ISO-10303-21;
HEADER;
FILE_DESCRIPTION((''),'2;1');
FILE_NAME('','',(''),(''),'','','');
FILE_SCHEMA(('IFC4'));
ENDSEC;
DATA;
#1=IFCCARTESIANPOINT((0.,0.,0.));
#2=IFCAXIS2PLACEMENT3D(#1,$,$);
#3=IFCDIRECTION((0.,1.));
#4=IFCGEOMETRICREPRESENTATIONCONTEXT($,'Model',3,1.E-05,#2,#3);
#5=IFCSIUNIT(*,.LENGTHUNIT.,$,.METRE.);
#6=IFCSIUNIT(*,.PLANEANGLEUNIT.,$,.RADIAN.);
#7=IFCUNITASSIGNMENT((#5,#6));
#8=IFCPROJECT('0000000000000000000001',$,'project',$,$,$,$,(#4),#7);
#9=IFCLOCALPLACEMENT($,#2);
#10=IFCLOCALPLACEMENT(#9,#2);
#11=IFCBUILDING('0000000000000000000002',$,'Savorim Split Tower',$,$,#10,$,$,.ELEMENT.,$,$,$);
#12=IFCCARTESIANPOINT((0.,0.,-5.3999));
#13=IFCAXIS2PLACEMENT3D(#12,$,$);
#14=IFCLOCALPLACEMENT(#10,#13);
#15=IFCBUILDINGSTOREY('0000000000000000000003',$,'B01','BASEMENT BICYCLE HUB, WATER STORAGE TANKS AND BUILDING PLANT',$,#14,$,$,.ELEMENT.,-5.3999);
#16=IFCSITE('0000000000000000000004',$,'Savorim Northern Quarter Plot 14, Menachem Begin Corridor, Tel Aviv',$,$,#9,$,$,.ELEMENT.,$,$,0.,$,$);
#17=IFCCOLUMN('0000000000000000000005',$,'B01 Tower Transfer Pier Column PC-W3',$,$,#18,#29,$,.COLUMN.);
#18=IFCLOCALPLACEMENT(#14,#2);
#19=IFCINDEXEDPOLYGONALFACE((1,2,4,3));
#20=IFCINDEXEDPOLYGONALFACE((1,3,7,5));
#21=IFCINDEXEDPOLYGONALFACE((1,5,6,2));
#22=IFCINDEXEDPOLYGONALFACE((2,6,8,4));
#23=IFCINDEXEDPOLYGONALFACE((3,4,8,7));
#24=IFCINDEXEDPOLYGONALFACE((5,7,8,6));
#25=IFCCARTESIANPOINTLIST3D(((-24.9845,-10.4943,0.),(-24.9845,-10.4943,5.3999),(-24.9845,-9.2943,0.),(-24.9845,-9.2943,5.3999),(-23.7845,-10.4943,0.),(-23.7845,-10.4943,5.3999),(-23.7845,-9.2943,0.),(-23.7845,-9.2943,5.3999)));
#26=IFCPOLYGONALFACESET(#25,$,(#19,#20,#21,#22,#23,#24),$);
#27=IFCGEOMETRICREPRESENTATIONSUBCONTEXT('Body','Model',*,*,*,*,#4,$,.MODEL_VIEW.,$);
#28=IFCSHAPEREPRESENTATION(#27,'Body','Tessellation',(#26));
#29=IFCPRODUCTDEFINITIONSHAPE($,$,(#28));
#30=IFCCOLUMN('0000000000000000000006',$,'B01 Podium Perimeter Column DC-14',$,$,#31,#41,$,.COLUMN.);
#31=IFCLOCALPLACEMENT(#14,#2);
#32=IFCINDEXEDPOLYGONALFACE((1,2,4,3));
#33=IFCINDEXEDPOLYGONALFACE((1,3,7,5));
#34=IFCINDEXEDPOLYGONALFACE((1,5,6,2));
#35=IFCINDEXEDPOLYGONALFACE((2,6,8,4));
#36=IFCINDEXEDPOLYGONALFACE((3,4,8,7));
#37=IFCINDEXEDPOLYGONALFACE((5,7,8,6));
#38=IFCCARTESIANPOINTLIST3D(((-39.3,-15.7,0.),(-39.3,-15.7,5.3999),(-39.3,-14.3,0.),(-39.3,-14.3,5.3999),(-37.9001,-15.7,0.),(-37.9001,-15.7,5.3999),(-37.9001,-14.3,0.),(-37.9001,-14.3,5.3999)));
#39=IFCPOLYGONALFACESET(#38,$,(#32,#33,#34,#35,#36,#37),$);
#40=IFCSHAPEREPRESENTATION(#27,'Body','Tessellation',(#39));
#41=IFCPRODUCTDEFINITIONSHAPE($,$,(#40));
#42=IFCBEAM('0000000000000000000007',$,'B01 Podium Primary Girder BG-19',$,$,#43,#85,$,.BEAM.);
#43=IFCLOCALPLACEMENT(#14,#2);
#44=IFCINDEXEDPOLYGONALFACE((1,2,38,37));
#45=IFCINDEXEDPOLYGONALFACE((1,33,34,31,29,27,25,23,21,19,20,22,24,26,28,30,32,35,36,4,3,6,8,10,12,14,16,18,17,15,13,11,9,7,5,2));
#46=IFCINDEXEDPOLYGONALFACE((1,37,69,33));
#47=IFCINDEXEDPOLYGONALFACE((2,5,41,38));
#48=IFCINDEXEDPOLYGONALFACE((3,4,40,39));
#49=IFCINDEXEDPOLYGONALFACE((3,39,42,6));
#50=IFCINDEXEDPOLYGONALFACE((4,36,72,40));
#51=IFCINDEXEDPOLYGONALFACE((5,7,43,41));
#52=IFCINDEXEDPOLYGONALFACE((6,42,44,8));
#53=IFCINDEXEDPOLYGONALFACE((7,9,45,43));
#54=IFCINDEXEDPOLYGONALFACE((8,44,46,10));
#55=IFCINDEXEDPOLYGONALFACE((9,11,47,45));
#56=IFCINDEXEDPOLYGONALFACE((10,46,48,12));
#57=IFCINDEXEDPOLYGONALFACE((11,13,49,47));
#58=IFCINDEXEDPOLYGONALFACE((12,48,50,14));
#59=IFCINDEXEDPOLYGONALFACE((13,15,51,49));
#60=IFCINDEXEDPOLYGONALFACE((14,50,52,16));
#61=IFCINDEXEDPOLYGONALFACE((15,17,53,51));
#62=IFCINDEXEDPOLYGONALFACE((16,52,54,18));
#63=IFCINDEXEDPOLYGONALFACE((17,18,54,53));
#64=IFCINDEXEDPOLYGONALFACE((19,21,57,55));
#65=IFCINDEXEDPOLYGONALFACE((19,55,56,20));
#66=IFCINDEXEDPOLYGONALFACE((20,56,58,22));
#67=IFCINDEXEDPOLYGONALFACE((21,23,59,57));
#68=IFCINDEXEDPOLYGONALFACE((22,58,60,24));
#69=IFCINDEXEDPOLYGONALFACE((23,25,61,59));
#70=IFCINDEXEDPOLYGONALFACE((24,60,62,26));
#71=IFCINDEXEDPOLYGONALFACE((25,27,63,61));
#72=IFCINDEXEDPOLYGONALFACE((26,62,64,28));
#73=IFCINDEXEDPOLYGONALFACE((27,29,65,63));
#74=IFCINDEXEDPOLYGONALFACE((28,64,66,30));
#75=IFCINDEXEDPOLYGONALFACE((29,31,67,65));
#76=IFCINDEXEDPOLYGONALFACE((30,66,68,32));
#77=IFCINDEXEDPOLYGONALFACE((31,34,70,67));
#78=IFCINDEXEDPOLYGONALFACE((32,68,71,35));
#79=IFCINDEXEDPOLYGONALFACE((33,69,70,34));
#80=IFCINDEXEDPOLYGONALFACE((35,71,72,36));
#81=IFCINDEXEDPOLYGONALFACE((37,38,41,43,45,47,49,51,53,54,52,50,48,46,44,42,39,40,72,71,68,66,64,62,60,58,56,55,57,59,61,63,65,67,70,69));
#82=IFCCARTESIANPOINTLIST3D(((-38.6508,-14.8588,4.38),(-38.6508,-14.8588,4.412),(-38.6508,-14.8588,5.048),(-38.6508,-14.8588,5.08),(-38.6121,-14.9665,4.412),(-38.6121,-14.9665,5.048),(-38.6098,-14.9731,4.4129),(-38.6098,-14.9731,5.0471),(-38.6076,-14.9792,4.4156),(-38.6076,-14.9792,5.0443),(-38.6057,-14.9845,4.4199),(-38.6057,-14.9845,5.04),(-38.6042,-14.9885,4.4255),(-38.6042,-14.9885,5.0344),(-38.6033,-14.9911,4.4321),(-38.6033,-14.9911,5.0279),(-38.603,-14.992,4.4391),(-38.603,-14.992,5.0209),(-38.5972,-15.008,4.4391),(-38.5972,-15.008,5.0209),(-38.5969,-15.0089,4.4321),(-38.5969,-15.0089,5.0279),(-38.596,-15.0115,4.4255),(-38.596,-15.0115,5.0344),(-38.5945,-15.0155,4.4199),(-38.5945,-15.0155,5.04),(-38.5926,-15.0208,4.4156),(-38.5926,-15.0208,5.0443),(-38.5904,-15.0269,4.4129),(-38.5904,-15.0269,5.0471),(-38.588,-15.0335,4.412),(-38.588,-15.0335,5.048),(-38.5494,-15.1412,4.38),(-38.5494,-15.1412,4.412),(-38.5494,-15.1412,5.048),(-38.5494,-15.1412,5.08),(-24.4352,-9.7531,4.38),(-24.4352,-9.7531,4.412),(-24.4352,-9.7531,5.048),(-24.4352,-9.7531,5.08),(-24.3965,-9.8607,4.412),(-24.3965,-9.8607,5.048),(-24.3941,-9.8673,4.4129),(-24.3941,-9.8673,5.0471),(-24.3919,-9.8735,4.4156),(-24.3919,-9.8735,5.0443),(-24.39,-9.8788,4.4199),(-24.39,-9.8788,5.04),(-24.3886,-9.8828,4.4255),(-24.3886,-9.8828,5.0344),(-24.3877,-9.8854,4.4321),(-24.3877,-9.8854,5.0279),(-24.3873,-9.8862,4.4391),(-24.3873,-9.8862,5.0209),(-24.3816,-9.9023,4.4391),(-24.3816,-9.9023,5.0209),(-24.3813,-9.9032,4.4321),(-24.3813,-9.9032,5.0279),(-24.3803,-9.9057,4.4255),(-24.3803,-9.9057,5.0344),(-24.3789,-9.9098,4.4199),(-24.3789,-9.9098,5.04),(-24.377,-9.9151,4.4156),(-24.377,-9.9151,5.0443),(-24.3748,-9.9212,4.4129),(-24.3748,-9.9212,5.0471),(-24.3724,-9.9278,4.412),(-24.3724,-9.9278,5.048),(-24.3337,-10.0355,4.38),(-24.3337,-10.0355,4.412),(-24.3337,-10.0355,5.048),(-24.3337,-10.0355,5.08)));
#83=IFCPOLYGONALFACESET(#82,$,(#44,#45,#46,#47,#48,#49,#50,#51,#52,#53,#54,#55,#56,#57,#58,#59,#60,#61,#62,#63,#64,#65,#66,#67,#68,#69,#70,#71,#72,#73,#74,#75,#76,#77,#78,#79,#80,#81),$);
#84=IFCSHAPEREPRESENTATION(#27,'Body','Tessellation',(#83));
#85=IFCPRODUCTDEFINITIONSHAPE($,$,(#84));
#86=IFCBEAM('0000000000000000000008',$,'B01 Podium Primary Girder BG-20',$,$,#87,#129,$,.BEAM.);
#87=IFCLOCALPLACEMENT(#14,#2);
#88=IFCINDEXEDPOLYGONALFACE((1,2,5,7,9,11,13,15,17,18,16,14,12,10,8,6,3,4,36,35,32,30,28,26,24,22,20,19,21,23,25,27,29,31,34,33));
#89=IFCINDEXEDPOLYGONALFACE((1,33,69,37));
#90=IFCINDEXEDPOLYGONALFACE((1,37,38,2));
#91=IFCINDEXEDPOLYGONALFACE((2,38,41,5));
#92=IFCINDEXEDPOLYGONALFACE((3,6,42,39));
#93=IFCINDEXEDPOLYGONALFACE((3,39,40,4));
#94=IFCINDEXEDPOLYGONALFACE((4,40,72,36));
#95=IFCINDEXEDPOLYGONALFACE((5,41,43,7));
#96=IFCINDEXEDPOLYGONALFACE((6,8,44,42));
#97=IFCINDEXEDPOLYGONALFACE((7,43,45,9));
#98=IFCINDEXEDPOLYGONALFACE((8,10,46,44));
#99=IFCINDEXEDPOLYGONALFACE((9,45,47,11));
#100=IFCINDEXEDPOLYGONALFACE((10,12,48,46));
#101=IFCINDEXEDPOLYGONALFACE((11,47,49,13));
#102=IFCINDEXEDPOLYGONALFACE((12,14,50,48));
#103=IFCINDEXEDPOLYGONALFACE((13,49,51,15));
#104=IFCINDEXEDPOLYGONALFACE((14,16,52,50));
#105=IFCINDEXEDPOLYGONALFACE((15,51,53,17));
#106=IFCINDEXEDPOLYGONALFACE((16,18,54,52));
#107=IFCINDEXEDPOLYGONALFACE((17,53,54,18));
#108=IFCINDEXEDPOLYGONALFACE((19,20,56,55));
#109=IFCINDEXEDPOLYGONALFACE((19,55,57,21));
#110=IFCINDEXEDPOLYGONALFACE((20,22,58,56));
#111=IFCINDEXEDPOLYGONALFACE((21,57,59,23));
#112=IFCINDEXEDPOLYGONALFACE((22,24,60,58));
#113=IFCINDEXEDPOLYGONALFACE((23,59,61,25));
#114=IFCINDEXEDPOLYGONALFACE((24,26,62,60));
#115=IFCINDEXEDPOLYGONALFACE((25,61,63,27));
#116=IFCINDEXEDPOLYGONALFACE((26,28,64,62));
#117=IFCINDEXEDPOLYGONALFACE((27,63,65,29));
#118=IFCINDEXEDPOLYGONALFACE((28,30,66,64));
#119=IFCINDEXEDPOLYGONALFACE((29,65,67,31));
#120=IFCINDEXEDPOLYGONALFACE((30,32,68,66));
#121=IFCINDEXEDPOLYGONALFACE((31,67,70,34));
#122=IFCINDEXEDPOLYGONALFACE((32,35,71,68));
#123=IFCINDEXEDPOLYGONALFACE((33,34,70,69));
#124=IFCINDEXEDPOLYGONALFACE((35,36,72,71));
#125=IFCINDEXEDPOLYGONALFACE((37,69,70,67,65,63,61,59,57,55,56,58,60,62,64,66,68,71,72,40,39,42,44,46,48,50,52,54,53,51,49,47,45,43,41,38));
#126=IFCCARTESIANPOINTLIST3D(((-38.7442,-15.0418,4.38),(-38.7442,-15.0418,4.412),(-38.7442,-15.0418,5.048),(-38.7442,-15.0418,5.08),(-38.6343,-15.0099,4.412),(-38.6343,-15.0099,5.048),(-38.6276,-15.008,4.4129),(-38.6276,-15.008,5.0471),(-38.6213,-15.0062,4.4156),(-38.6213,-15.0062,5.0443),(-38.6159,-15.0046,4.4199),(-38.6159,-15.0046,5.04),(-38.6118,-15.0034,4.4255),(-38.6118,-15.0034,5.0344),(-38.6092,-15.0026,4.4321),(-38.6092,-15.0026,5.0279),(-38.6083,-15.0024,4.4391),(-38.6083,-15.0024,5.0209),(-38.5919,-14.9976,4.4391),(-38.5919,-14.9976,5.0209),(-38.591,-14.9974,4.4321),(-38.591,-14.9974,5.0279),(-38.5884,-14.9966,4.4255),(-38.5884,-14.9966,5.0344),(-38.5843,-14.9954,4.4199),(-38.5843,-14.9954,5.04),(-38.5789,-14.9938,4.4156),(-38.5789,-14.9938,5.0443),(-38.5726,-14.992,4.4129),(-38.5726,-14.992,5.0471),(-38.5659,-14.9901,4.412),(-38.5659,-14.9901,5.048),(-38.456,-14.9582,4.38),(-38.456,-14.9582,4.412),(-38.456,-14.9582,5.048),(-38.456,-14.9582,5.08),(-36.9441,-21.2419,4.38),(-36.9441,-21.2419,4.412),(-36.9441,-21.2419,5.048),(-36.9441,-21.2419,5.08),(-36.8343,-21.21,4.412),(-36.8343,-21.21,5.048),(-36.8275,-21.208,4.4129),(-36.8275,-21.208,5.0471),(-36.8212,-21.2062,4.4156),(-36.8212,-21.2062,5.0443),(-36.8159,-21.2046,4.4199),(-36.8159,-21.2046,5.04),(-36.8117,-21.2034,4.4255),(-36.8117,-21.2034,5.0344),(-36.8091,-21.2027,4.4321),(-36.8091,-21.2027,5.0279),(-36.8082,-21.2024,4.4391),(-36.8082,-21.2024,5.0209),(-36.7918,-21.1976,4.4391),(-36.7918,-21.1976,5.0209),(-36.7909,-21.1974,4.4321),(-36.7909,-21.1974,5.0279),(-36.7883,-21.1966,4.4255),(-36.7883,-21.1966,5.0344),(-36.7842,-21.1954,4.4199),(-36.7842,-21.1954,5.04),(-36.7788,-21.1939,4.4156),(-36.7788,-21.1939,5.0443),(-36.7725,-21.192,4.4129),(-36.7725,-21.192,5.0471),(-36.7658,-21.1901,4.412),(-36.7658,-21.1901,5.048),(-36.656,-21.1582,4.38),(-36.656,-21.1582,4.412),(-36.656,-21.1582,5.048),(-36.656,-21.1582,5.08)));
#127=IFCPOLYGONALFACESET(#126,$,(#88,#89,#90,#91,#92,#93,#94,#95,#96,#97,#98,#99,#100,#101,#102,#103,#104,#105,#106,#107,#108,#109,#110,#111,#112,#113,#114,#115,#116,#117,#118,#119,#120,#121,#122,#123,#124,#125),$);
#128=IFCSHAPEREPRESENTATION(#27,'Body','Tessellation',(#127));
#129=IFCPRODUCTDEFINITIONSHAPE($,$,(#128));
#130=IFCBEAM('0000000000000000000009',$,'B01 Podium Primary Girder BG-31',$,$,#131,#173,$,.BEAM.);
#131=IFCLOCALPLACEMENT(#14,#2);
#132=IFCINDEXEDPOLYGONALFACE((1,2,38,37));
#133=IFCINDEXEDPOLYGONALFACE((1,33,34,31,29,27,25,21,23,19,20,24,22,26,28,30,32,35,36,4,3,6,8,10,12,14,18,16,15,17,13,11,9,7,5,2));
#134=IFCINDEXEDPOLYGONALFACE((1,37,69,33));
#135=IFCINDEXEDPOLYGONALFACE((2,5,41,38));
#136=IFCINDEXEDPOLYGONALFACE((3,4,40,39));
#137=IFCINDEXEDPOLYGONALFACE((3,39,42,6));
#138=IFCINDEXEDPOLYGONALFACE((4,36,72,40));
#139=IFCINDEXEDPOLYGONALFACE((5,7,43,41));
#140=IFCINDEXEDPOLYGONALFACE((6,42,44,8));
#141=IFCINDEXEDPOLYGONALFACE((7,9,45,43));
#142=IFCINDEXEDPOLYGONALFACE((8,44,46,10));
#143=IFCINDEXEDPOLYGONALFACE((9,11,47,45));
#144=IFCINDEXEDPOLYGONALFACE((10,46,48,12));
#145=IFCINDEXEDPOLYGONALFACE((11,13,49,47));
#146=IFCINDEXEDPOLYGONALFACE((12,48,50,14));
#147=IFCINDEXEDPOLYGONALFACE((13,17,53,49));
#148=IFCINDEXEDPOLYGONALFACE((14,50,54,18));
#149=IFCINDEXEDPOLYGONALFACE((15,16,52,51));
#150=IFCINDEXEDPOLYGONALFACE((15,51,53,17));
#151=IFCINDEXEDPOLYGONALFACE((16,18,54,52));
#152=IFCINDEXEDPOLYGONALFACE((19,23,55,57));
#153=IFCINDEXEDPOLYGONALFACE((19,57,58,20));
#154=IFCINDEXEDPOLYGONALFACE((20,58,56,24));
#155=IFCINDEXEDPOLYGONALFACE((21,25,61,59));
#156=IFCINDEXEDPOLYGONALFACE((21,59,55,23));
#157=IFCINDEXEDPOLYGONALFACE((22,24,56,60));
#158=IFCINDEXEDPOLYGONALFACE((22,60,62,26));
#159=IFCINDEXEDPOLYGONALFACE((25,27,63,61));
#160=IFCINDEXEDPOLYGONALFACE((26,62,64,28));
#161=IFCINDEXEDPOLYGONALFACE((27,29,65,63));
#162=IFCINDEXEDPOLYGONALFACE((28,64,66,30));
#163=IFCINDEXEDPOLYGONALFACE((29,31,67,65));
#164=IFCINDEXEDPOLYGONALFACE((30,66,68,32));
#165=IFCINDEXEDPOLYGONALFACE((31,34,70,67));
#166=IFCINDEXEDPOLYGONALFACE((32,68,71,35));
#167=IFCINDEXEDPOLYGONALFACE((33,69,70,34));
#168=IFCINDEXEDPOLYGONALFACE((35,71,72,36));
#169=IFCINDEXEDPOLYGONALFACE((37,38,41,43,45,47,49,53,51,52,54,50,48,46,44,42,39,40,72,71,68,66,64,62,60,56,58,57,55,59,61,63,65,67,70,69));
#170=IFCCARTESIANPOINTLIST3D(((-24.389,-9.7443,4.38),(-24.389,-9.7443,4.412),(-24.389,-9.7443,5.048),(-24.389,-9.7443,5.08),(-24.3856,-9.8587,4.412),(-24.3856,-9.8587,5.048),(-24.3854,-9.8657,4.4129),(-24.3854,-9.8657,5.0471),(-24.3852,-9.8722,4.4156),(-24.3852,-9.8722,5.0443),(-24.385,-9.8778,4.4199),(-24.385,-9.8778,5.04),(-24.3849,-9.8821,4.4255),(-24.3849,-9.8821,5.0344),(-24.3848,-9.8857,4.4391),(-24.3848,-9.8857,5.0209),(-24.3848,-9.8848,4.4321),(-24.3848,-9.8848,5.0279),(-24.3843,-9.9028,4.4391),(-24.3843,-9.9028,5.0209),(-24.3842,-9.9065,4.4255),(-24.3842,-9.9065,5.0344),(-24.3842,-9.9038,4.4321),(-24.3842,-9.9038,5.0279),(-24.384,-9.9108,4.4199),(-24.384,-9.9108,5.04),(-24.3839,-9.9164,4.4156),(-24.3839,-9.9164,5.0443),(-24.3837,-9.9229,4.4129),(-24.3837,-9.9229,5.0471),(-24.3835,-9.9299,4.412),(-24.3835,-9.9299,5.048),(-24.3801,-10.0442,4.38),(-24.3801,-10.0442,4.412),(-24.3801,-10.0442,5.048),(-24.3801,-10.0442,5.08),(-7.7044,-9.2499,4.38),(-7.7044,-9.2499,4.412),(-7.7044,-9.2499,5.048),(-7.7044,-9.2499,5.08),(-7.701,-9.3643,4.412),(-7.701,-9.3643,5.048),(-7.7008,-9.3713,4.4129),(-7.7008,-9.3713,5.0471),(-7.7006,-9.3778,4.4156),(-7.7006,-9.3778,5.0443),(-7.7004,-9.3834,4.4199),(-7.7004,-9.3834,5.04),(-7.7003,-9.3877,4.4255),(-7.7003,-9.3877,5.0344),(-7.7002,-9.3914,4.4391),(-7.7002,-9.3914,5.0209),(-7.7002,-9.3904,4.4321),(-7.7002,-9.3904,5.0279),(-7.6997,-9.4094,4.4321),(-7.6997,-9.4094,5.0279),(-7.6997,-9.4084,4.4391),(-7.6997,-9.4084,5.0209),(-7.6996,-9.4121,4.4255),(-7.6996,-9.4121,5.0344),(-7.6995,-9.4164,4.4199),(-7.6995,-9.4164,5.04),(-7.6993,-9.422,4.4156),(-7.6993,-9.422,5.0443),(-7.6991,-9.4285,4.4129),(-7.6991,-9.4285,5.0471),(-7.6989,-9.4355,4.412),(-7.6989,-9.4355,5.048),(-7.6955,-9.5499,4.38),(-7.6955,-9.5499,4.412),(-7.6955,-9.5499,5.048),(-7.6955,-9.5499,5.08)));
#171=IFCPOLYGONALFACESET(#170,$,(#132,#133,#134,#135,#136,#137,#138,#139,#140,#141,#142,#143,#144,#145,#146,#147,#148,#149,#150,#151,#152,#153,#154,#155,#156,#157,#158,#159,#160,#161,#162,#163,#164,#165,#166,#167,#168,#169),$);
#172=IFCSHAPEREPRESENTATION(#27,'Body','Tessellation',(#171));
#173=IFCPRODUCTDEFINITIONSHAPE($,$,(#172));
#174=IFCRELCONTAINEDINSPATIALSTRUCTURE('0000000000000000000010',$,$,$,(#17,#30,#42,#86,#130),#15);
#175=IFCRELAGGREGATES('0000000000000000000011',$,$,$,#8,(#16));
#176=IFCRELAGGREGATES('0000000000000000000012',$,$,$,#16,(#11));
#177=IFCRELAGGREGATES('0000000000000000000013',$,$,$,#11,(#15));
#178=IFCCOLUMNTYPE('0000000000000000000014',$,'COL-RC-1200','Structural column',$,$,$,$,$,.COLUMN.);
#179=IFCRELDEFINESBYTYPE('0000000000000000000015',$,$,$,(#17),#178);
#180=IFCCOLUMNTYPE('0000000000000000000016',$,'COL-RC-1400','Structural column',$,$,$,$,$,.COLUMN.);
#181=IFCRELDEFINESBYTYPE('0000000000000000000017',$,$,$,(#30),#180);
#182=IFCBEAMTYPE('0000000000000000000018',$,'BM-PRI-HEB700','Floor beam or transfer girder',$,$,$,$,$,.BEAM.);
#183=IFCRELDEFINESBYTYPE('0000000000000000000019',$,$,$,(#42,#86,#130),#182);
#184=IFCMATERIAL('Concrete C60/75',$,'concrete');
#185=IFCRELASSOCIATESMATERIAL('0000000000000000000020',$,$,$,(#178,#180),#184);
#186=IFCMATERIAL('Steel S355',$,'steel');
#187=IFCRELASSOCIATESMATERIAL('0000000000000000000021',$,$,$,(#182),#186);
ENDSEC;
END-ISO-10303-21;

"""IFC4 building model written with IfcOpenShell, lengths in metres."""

from ifc_helpers import new_model, si_unit, direction, frame, origin, origin_2d, place, context, subcontext, project, spatial, rectangle, i_section, extrude, material, material_profile, profile_set, type_object, element, save


model = new_model("IFC4")

# Units and contexts
model_context = context("Model", 3, precision=1e-05, world=origin(), true_north=direction((0.0, 1.0)))
body_context = subcontext(model_context, "Body", "Model", "MODEL_VIEW")
ifc_project = project(units=[si_unit("LENGTHUNIT", "METRE"), si_unit("PLANEANGLEUNIT", "RADIAN")], contexts=[model_context])

# Site, building, storey
site_placement = place(None, origin())
site = spatial("IfcSite", under=ifc_project, at=site_placement, Name="Savorim Northern Quarter Plot 14, Menachem Begin Corridor, Tel Aviv", CompositionType="ELEMENT", RefElevation=0.0)
building_placement = place(site_placement, origin())
building = spatial("IfcBuilding", under=site, at=building_placement, Name="Savorim Split Tower", CompositionType="ELEMENT")
storey_placement = place(building_placement, frame((0.0, 0.0, -5.3999)))
storey = spatial("IfcBuildingStorey", under=building, at=storey_placement, Name="B01", Description="BASEMENT BICYCLE HUB, WATER STORAGE TANKS AND BUILDING PLANT", CompositionType="ELEMENT", Elevation=-5.3999)

# Columns
ifc_material_1 = material(Name="Concrete C60/75", Category="concrete")
ifc_material_profile_1 = material_profile(ifc_material_1, rectangle(XDim=1.2, YDim=1.2, at=origin_2d()), Name="RC 1200x1200")
ifc_profile_set_1 = profile_set([ifc_material_profile_1], Name="Concrete C60/75")
column_type_1 = type_object("IfcColumnType", Name="COL-RC-1200", Description="Structural column", PredefinedType="COLUMN", material=ifc_profile_set_1)
column_1_placement = place(storey_placement, frame((-24.3845, -9.8943, 0.0), z_axis=(0.0, 0.0, 1.0), x_axis=(1.0, 0.0, 0.0)))
element("IfcColumn", 1, at=column_1_placement, inside=storey, type_object=column_type_1, Name="B01 Tower Transfer Pier Column PC-W3", PredefinedType="COLUMN", context=body_context, shape_type="SweptSolid", body=[
    extrude(rectangle(XDim=1.2, YDim=1.2, at=origin_2d()), origin(), (0.0, 0.0, 1.0), 5.3999),
])
ifc_material_profile_2 = material_profile(ifc_material_1, rectangle(XDim=1.3999, YDim=1.3999, at=origin_2d()), Name="RC 1400x1400")
ifc_profile_set_2 = profile_set([ifc_material_profile_2], Name="Concrete C60/75")
column_type_2 = type_object("IfcColumnType", Name="COL-RC-1400", Description="Structural column", PredefinedType="COLUMN", material=ifc_profile_set_2)
column_2_placement = place(storey_placement, frame((-38.6001, -15.0, 0.0), z_axis=(0.0, 0.0, 1.0), x_axis=(1.0, 0.0, 0.0)))
element("IfcColumn", 2, at=column_2_placement, inside=storey, type_object=column_type_2, Name="B01 Podium Perimeter Column DC-14", PredefinedType="COLUMN", context=body_context, shape_type="SweptSolid", body=[
    extrude(rectangle(XDim=1.3999, YDim=1.3999, at=origin_2d()), origin(), (0.0, 0.0, 1.0), 5.3999),
])

# Beams
ifc_material_2 = material(Name="Steel S355", Category="steel")
ifc_material_profile_3 = material_profile(ifc_material_2, i_section(OverallWidth=0.3, OverallDepth=0.7, WebThickness=0.0171, FlangeThickness=0.032, FilletRadius=0.0271, at=origin_2d()), Name="HEB 700")
ifc_profile_set_3 = profile_set([ifc_material_profile_3], Name="Steel S355")
beam_type_1 = type_object("IfcBeamType", Name="BM-PRI-HEB700", Description="Floor beam or transfer girder", PredefinedType="BEAM", material=ifc_profile_set_3)
beam_1_placement = place(storey_placement, frame((-38.6001, -15.0, 4.73), z_axis=(0.941138, 0.338022, 0.0), x_axis=(-0.338022, 0.941138, 0.0)))
element("IfcBeam", 3, at=beam_1_placement, inside=storey, type_object=beam_type_1, Name="B01 Podium Primary Girder BG-19", PredefinedType="BEAM", context=body_context, shape_type="SweptSolid", body=[
    extrude(i_section(OverallWidth=0.3, OverallDepth=0.7, WebThickness=0.0171, FlangeThickness=0.032, FilletRadius=0.0271, at=origin_2d()), origin(), (0.0, 0.0, 1.0), 15.1047),
])
beam_2_placement = place(storey_placement, frame((-38.6001, -15.0, 4.73), z_axis=(0.278819, -0.960344, 0.0), x_axis=(0.960344, 0.278819, 0.0)))
element("IfcBeam", 4, at=beam_2_placement, inside=storey, type_object=beam_type_1, Name="B01 Podium Primary Girder BG-20", PredefinedType="BEAM", context=body_context, shape_type="SweptSolid", body=[
    extrude(i_section(OverallWidth=0.3, OverallDepth=0.7, WebThickness=0.0171, FlangeThickness=0.032, FilletRadius=0.0271, at=origin_2d()), origin(), (0.0, 0.0, 1.0), 6.4561),
])
beam_3_placement = place(storey_placement, frame((-24.3845, -9.8943, 4.73), z_axis=(0.999561, 0.029618, 0.0), x_axis=(-0.029618, 0.999561, 0.0)))
element("IfcBeam", 5, at=beam_3_placement, inside=storey, type_object=beam_type_1, Name="B01 Podium Primary Girder BG-31", PredefinedType="BEAM", context=body_context, shape_type="SweptSolid", body=[
    extrude(i_section(OverallWidth=0.3, OverallDepth=0.7, WebThickness=0.0171, FlangeThickness=0.032, FilletRadius=0.0271, at=origin_2d()), origin(), (0.0, 0.0, 1.0), 16.6919),
])

save(model, "model.ifc")
